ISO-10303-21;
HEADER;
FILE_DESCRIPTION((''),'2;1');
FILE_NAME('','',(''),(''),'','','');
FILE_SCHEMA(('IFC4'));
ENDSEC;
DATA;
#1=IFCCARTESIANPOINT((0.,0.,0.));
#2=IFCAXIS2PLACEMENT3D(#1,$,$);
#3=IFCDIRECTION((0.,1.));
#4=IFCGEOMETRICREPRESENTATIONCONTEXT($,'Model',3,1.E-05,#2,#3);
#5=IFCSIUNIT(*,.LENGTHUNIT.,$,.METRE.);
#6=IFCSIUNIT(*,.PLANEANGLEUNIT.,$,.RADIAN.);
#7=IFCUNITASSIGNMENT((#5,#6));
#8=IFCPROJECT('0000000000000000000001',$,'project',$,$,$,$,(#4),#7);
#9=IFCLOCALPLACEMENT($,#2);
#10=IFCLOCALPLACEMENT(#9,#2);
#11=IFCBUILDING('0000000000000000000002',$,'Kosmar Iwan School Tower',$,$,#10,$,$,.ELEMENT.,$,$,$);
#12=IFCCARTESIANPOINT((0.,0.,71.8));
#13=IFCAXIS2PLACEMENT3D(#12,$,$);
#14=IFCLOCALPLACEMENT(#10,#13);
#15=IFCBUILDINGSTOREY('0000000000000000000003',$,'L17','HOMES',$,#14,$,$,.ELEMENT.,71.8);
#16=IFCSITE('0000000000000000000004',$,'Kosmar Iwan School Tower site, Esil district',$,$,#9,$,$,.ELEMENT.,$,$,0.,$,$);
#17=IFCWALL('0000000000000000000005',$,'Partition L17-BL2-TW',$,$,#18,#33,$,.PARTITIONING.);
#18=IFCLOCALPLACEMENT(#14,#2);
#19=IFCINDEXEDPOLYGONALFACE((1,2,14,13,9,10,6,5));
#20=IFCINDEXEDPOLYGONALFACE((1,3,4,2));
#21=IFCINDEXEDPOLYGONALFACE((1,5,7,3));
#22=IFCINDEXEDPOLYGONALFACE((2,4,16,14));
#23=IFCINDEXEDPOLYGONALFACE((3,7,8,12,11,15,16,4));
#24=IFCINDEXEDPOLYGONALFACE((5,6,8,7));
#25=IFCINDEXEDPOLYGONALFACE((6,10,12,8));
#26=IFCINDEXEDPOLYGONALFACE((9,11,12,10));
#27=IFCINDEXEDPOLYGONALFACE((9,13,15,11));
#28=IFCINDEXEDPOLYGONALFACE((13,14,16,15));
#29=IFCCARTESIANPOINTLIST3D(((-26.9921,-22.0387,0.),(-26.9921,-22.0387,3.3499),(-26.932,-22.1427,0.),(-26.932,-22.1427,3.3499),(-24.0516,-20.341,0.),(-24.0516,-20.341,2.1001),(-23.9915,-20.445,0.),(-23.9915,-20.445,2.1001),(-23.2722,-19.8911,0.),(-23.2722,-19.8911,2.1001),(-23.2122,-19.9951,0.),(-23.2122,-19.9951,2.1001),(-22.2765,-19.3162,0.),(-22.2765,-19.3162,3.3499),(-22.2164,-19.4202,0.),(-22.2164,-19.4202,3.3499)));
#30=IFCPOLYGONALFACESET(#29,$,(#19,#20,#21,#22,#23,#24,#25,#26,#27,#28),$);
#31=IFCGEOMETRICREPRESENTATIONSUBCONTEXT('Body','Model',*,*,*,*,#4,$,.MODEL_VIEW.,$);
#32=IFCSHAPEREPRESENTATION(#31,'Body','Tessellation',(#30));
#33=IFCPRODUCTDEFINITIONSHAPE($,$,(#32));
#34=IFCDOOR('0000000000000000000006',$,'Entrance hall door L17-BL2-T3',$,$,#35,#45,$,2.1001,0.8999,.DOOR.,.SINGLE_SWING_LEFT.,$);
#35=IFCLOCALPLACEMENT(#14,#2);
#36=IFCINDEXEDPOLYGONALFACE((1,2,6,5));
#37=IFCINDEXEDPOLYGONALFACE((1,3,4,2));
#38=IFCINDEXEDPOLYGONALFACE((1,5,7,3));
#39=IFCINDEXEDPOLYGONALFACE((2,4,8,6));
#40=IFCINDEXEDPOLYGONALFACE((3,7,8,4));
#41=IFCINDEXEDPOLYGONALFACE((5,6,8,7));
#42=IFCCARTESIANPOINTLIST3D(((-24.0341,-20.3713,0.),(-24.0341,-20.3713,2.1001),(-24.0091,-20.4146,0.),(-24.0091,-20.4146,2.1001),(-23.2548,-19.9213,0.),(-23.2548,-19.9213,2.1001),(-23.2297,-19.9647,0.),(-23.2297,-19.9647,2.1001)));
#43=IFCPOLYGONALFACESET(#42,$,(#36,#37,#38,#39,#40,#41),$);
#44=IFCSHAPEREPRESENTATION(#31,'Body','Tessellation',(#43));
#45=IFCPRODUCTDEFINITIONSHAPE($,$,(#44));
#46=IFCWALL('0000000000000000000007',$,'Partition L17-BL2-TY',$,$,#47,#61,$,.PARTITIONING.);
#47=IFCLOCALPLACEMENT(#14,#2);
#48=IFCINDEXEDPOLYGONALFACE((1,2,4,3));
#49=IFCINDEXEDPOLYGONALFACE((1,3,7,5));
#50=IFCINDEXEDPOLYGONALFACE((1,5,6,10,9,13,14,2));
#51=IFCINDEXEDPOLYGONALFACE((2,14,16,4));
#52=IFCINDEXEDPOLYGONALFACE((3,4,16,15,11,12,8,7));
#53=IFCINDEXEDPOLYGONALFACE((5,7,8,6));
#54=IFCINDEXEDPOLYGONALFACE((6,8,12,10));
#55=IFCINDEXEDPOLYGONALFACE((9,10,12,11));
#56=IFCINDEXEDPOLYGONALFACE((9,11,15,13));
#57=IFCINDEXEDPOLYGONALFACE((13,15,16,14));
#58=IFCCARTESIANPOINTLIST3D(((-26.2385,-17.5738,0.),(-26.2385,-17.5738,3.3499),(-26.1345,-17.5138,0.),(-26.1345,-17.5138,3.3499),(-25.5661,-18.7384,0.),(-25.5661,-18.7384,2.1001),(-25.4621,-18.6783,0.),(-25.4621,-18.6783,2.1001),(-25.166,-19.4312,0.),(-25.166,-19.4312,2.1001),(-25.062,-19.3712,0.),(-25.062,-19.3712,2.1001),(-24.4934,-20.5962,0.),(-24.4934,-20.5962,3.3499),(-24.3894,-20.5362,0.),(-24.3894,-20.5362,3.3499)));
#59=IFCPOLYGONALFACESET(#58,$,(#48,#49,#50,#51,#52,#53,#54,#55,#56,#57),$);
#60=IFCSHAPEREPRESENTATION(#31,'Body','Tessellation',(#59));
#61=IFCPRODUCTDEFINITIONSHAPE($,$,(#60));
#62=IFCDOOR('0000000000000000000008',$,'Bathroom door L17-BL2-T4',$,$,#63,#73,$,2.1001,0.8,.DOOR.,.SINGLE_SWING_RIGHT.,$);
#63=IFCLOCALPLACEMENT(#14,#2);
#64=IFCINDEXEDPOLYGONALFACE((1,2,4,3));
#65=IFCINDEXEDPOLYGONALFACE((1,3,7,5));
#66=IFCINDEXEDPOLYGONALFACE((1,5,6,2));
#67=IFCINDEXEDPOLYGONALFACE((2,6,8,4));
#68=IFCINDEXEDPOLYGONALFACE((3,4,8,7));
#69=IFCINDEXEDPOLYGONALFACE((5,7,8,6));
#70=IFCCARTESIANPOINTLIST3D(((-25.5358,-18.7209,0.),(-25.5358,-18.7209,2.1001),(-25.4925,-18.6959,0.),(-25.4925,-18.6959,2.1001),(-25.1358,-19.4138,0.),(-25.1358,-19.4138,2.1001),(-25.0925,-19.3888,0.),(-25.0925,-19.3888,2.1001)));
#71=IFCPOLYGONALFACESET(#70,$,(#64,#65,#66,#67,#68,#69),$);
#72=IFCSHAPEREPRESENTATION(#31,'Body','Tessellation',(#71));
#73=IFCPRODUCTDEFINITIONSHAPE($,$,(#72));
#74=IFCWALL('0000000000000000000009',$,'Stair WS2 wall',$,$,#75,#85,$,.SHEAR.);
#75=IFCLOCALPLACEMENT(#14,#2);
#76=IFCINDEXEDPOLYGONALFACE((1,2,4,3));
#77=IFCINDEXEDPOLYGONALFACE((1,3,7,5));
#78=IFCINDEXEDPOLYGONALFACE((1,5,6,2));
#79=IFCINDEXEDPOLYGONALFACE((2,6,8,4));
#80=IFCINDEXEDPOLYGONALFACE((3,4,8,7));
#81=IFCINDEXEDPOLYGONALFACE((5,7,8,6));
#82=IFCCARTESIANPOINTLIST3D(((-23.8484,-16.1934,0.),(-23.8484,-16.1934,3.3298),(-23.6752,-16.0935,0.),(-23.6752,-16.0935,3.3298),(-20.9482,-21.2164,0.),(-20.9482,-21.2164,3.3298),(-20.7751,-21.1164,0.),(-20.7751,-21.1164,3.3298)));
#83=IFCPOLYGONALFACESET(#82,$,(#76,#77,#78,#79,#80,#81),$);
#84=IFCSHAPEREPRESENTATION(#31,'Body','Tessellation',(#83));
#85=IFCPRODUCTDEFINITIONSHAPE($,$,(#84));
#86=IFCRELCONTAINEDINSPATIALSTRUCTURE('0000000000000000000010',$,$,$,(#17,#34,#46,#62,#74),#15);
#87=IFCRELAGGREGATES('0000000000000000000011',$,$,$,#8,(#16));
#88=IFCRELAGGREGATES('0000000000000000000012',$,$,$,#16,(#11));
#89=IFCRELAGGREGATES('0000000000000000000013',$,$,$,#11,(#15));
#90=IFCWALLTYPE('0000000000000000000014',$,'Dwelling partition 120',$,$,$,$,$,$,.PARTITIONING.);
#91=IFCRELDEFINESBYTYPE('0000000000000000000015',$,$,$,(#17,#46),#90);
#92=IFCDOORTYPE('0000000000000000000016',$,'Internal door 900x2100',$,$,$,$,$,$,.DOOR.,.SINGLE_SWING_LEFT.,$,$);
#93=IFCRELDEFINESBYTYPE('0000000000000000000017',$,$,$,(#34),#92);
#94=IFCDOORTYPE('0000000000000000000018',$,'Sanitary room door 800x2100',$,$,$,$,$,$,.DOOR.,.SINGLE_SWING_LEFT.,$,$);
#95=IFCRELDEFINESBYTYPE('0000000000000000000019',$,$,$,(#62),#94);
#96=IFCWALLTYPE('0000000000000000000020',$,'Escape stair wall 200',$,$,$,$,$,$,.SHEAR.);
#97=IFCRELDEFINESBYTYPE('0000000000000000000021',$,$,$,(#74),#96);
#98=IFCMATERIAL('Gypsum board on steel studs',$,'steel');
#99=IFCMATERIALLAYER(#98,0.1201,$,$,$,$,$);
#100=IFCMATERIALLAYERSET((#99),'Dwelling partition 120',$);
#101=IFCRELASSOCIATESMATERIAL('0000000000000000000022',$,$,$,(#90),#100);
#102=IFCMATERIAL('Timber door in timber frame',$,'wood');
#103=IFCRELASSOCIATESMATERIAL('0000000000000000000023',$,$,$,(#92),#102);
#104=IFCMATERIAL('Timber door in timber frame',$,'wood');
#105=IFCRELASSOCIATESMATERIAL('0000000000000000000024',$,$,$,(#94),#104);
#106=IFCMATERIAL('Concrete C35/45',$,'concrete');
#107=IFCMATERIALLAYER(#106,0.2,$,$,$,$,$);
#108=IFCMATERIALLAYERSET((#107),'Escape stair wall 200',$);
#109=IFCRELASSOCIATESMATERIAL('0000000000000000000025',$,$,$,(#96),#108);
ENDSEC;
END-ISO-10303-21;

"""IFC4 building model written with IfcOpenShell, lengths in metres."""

from ifc_helpers import new_model, si_unit, direction, frame, frame_2d, origin, place, context, subcontext, project, spatial, rectangle, extrude, material, layer, layer_set, type_object, element, fill, save


model = new_model("IFC4")

# Units and contexts
model_context = context("Model", 3, precision=1e-05, world=origin(), true_north=direction((0.0, 1.0)))
body_context = subcontext(model_context, "Body", "Model", "MODEL_VIEW")
ifc_project = project(units=[si_unit("LENGTHUNIT", "METRE"), si_unit("PLANEANGLEUNIT", "RADIAN")], contexts=[model_context])

# Site, building, storey
site_placement = place(None, origin())
site = spatial("IfcSite", under=ifc_project, at=site_placement, Name="Kosmar Iwan School Tower site, Esil district", CompositionType="ELEMENT", RefElevation=0.0)
building_placement = place(site_placement, origin())
building = spatial("IfcBuilding", under=site, at=building_placement, Name="Kosmar Iwan School Tower", CompositionType="ELEMENT")
storey_placement = place(building_placement, frame((0.0, 0.0, 71.8)))
storey = spatial("IfcBuildingStorey", under=building, at=storey_placement, Name="L17", Description="HOMES", CompositionType="ELEMENT", Elevation=71.8)

# Walls, openings, doors
ifc_material_1 = material(Name="Gypsum board on steel studs", Category="steel")
ifc_layer_1 = layer(ifc_material_1, 0.1201)
ifc_layer_set_1 = layer_set([ifc_layer_1], Name="Dwelling partition 120")
wall_type_1 = type_object("IfcWallType", Name="Dwelling partition 120", PredefinedType="PARTITIONING", material=ifc_layer_set_1)
ifc_material_2 = material(Name="Timber door in timber frame", Category="wood")
door_type_1 = type_object("IfcDoorType", Name="Internal door 900x2100", OperationType="SINGLE_SWING_LEFT", PredefinedType="DOOR", material=ifc_material_2)
wall_1_placement = place(storey_placement, frame((-22.2463, -19.3682, 0.0), z_axis=(0.0, 0.0, 1.0), x_axis=(-0.866036, -0.499982, 0.0)))
wall_1 = element("IfcWall", 1, at=wall_1_placement, inside=storey, type_object=wall_type_1, Name="Partition L17-BL2-TW", PredefinedType="PARTITIONING", context=body_context, shape_type="SweptSolid", body=[
    extrude(rectangle(XDim=5.4451, YDim=0.1201, at=frame_2d((2.7227, 0.0))), origin(), (0.0, 0.0, 1.0), 3.3499),
])
opening_1_placement = place(wall_1_placement, frame((1.1499, 0.0, 0.0)))
opening_1 = element("IfcOpeningElement", 2, at=opening_1_placement, cuts=wall_1, PredefinedType="OPENING", context=body_context, shape_type="SweptSolid", body=[
    extrude(rectangle(XDim=0.8999, YDim=2.1001, at=frame_2d((0.45, 1.05))), frame((0.0, 0.072, 0.0), z_axis=(0.0, -1.0, 0.0), x_axis=(1.0, 0.0, 0.0)), (0.0, 0.0, 1.0), 0.144),
])
door_1_placement = place(opening_1_placement, origin())
door_1 = element("IfcDoor", 3, at=door_1_placement, inside=storey, type_object=door_type_1, Name="Entrance hall door L17-BL2-T3", OperationType="SINGLE_SWING_LEFT", OverallHeight=2.1001, OverallWidth=0.8999, PredefinedType="DOOR", context=body_context, shape_type="SweptSolid", body=[
    extrude(rectangle(XDim=0.8999, YDim=2.1001, at=frame_2d((0.45, 1.05))), frame((0.0, 0.0249, 0.0), z_axis=(0.0, -1.0, 0.0), x_axis=(1.0, 0.0, 0.0)), (0.0, 0.0, 1.0), 0.05),
])
fill(opening_1, door_1)
wall_2_placement = place(storey_placement, frame((-26.1865, -17.5437, 0.0), z_axis=(0.0, 0.0, 1.0), x_axis=(0.500021, -0.866013, 0.0)))
wall_2 = element("IfcWall", 4, at=wall_2_placement, inside=storey, type_object=wall_type_1, Name="Partition L17-BL2-TY", PredefinedType="PARTITIONING", context=body_context, shape_type="SweptSolid", body=[
    extrude(rectangle(XDim=3.49, YDim=0.1201, at=frame_2d((1.7451, 0.0))), origin(), (0.0, 0.0, 1.0), 3.3499),
])
opening_2_placement = place(wall_2_placement, frame((1.345, 0.0, 0.0)))
opening_2 = element("IfcOpeningElement", 5, at=opening_2_placement, cuts=wall_2, PredefinedType="OPENING", context=body_context, shape_type="SweptSolid", body=[
    extrude(rectangle(XDim=0.8, YDim=2.1001, at=frame_2d((0.3999, 1.05))), frame((0.0, 0.072, 0.0), z_axis=(0.0, -1.0, 0.0), x_axis=(1.0, 0.0, 0.0)), (0.0, 0.0, 1.0), 0.144),
])
ifc_material_3 = material(Name="Timber door in timber frame", Category="wood")
door_type_2 = type_object("IfcDoorType", Name="Sanitary room door 800x2100", OperationType="SINGLE_SWING_LEFT", PredefinedType="DOOR", material=ifc_material_3)
door_2_placement = place(opening_2_placement, origin())
door_2 = element("IfcDoor", 6, at=door_2_placement, inside=storey, type_object=door_type_2, Name="Bathroom door L17-BL2-T4", OperationType="SINGLE_SWING_RIGHT", OverallHeight=2.1001, OverallWidth=0.8, PredefinedType="DOOR", context=body_context, shape_type="SweptSolid", body=[
    extrude(rectangle(XDim=0.8, YDim=2.1001, at=frame_2d((0.3999, 1.05))), frame((0.0, 0.0249, 0.0), z_axis=(0.0, -1.0, 0.0), x_axis=(1.0, 0.0, 0.0)), (0.0, 0.0, 1.0), 0.05),
])
fill(opening_2, door_2)

# Wall
ifc_material_4 = material(Name="Concrete C35/45", Category="concrete")
ifc_layer_2 = layer(ifc_material_4, 0.2)
ifc_layer_set_2 = layer_set([ifc_layer_2], Name="Escape stair wall 200")
wall_type_2 = type_object("IfcWallType", Name="Escape stair wall 200", PredefinedType="SHEAR", material=ifc_layer_set_2)
wall_3_placement = place(storey_placement, frame((-23.7617, -16.1436, 0.0), z_axis=(0.0, 0.0, 1.0), x_axis=(0.500019, -0.866015, 0.0)))
element("IfcWall", 7, at=wall_3_placement, inside=storey, type_object=wall_type_2, Name="Stair WS2 wall", PredefinedType="SHEAR", context=body_context, shape_type="SweptSolid", body=[
    extrude(rectangle(XDim=5.8, YDim=0.2, at=frame_2d((2.8999, 0.0))), origin(), (0.0, 0.0, 1.0), 3.3298),
])

save(model, "model.ifc")
